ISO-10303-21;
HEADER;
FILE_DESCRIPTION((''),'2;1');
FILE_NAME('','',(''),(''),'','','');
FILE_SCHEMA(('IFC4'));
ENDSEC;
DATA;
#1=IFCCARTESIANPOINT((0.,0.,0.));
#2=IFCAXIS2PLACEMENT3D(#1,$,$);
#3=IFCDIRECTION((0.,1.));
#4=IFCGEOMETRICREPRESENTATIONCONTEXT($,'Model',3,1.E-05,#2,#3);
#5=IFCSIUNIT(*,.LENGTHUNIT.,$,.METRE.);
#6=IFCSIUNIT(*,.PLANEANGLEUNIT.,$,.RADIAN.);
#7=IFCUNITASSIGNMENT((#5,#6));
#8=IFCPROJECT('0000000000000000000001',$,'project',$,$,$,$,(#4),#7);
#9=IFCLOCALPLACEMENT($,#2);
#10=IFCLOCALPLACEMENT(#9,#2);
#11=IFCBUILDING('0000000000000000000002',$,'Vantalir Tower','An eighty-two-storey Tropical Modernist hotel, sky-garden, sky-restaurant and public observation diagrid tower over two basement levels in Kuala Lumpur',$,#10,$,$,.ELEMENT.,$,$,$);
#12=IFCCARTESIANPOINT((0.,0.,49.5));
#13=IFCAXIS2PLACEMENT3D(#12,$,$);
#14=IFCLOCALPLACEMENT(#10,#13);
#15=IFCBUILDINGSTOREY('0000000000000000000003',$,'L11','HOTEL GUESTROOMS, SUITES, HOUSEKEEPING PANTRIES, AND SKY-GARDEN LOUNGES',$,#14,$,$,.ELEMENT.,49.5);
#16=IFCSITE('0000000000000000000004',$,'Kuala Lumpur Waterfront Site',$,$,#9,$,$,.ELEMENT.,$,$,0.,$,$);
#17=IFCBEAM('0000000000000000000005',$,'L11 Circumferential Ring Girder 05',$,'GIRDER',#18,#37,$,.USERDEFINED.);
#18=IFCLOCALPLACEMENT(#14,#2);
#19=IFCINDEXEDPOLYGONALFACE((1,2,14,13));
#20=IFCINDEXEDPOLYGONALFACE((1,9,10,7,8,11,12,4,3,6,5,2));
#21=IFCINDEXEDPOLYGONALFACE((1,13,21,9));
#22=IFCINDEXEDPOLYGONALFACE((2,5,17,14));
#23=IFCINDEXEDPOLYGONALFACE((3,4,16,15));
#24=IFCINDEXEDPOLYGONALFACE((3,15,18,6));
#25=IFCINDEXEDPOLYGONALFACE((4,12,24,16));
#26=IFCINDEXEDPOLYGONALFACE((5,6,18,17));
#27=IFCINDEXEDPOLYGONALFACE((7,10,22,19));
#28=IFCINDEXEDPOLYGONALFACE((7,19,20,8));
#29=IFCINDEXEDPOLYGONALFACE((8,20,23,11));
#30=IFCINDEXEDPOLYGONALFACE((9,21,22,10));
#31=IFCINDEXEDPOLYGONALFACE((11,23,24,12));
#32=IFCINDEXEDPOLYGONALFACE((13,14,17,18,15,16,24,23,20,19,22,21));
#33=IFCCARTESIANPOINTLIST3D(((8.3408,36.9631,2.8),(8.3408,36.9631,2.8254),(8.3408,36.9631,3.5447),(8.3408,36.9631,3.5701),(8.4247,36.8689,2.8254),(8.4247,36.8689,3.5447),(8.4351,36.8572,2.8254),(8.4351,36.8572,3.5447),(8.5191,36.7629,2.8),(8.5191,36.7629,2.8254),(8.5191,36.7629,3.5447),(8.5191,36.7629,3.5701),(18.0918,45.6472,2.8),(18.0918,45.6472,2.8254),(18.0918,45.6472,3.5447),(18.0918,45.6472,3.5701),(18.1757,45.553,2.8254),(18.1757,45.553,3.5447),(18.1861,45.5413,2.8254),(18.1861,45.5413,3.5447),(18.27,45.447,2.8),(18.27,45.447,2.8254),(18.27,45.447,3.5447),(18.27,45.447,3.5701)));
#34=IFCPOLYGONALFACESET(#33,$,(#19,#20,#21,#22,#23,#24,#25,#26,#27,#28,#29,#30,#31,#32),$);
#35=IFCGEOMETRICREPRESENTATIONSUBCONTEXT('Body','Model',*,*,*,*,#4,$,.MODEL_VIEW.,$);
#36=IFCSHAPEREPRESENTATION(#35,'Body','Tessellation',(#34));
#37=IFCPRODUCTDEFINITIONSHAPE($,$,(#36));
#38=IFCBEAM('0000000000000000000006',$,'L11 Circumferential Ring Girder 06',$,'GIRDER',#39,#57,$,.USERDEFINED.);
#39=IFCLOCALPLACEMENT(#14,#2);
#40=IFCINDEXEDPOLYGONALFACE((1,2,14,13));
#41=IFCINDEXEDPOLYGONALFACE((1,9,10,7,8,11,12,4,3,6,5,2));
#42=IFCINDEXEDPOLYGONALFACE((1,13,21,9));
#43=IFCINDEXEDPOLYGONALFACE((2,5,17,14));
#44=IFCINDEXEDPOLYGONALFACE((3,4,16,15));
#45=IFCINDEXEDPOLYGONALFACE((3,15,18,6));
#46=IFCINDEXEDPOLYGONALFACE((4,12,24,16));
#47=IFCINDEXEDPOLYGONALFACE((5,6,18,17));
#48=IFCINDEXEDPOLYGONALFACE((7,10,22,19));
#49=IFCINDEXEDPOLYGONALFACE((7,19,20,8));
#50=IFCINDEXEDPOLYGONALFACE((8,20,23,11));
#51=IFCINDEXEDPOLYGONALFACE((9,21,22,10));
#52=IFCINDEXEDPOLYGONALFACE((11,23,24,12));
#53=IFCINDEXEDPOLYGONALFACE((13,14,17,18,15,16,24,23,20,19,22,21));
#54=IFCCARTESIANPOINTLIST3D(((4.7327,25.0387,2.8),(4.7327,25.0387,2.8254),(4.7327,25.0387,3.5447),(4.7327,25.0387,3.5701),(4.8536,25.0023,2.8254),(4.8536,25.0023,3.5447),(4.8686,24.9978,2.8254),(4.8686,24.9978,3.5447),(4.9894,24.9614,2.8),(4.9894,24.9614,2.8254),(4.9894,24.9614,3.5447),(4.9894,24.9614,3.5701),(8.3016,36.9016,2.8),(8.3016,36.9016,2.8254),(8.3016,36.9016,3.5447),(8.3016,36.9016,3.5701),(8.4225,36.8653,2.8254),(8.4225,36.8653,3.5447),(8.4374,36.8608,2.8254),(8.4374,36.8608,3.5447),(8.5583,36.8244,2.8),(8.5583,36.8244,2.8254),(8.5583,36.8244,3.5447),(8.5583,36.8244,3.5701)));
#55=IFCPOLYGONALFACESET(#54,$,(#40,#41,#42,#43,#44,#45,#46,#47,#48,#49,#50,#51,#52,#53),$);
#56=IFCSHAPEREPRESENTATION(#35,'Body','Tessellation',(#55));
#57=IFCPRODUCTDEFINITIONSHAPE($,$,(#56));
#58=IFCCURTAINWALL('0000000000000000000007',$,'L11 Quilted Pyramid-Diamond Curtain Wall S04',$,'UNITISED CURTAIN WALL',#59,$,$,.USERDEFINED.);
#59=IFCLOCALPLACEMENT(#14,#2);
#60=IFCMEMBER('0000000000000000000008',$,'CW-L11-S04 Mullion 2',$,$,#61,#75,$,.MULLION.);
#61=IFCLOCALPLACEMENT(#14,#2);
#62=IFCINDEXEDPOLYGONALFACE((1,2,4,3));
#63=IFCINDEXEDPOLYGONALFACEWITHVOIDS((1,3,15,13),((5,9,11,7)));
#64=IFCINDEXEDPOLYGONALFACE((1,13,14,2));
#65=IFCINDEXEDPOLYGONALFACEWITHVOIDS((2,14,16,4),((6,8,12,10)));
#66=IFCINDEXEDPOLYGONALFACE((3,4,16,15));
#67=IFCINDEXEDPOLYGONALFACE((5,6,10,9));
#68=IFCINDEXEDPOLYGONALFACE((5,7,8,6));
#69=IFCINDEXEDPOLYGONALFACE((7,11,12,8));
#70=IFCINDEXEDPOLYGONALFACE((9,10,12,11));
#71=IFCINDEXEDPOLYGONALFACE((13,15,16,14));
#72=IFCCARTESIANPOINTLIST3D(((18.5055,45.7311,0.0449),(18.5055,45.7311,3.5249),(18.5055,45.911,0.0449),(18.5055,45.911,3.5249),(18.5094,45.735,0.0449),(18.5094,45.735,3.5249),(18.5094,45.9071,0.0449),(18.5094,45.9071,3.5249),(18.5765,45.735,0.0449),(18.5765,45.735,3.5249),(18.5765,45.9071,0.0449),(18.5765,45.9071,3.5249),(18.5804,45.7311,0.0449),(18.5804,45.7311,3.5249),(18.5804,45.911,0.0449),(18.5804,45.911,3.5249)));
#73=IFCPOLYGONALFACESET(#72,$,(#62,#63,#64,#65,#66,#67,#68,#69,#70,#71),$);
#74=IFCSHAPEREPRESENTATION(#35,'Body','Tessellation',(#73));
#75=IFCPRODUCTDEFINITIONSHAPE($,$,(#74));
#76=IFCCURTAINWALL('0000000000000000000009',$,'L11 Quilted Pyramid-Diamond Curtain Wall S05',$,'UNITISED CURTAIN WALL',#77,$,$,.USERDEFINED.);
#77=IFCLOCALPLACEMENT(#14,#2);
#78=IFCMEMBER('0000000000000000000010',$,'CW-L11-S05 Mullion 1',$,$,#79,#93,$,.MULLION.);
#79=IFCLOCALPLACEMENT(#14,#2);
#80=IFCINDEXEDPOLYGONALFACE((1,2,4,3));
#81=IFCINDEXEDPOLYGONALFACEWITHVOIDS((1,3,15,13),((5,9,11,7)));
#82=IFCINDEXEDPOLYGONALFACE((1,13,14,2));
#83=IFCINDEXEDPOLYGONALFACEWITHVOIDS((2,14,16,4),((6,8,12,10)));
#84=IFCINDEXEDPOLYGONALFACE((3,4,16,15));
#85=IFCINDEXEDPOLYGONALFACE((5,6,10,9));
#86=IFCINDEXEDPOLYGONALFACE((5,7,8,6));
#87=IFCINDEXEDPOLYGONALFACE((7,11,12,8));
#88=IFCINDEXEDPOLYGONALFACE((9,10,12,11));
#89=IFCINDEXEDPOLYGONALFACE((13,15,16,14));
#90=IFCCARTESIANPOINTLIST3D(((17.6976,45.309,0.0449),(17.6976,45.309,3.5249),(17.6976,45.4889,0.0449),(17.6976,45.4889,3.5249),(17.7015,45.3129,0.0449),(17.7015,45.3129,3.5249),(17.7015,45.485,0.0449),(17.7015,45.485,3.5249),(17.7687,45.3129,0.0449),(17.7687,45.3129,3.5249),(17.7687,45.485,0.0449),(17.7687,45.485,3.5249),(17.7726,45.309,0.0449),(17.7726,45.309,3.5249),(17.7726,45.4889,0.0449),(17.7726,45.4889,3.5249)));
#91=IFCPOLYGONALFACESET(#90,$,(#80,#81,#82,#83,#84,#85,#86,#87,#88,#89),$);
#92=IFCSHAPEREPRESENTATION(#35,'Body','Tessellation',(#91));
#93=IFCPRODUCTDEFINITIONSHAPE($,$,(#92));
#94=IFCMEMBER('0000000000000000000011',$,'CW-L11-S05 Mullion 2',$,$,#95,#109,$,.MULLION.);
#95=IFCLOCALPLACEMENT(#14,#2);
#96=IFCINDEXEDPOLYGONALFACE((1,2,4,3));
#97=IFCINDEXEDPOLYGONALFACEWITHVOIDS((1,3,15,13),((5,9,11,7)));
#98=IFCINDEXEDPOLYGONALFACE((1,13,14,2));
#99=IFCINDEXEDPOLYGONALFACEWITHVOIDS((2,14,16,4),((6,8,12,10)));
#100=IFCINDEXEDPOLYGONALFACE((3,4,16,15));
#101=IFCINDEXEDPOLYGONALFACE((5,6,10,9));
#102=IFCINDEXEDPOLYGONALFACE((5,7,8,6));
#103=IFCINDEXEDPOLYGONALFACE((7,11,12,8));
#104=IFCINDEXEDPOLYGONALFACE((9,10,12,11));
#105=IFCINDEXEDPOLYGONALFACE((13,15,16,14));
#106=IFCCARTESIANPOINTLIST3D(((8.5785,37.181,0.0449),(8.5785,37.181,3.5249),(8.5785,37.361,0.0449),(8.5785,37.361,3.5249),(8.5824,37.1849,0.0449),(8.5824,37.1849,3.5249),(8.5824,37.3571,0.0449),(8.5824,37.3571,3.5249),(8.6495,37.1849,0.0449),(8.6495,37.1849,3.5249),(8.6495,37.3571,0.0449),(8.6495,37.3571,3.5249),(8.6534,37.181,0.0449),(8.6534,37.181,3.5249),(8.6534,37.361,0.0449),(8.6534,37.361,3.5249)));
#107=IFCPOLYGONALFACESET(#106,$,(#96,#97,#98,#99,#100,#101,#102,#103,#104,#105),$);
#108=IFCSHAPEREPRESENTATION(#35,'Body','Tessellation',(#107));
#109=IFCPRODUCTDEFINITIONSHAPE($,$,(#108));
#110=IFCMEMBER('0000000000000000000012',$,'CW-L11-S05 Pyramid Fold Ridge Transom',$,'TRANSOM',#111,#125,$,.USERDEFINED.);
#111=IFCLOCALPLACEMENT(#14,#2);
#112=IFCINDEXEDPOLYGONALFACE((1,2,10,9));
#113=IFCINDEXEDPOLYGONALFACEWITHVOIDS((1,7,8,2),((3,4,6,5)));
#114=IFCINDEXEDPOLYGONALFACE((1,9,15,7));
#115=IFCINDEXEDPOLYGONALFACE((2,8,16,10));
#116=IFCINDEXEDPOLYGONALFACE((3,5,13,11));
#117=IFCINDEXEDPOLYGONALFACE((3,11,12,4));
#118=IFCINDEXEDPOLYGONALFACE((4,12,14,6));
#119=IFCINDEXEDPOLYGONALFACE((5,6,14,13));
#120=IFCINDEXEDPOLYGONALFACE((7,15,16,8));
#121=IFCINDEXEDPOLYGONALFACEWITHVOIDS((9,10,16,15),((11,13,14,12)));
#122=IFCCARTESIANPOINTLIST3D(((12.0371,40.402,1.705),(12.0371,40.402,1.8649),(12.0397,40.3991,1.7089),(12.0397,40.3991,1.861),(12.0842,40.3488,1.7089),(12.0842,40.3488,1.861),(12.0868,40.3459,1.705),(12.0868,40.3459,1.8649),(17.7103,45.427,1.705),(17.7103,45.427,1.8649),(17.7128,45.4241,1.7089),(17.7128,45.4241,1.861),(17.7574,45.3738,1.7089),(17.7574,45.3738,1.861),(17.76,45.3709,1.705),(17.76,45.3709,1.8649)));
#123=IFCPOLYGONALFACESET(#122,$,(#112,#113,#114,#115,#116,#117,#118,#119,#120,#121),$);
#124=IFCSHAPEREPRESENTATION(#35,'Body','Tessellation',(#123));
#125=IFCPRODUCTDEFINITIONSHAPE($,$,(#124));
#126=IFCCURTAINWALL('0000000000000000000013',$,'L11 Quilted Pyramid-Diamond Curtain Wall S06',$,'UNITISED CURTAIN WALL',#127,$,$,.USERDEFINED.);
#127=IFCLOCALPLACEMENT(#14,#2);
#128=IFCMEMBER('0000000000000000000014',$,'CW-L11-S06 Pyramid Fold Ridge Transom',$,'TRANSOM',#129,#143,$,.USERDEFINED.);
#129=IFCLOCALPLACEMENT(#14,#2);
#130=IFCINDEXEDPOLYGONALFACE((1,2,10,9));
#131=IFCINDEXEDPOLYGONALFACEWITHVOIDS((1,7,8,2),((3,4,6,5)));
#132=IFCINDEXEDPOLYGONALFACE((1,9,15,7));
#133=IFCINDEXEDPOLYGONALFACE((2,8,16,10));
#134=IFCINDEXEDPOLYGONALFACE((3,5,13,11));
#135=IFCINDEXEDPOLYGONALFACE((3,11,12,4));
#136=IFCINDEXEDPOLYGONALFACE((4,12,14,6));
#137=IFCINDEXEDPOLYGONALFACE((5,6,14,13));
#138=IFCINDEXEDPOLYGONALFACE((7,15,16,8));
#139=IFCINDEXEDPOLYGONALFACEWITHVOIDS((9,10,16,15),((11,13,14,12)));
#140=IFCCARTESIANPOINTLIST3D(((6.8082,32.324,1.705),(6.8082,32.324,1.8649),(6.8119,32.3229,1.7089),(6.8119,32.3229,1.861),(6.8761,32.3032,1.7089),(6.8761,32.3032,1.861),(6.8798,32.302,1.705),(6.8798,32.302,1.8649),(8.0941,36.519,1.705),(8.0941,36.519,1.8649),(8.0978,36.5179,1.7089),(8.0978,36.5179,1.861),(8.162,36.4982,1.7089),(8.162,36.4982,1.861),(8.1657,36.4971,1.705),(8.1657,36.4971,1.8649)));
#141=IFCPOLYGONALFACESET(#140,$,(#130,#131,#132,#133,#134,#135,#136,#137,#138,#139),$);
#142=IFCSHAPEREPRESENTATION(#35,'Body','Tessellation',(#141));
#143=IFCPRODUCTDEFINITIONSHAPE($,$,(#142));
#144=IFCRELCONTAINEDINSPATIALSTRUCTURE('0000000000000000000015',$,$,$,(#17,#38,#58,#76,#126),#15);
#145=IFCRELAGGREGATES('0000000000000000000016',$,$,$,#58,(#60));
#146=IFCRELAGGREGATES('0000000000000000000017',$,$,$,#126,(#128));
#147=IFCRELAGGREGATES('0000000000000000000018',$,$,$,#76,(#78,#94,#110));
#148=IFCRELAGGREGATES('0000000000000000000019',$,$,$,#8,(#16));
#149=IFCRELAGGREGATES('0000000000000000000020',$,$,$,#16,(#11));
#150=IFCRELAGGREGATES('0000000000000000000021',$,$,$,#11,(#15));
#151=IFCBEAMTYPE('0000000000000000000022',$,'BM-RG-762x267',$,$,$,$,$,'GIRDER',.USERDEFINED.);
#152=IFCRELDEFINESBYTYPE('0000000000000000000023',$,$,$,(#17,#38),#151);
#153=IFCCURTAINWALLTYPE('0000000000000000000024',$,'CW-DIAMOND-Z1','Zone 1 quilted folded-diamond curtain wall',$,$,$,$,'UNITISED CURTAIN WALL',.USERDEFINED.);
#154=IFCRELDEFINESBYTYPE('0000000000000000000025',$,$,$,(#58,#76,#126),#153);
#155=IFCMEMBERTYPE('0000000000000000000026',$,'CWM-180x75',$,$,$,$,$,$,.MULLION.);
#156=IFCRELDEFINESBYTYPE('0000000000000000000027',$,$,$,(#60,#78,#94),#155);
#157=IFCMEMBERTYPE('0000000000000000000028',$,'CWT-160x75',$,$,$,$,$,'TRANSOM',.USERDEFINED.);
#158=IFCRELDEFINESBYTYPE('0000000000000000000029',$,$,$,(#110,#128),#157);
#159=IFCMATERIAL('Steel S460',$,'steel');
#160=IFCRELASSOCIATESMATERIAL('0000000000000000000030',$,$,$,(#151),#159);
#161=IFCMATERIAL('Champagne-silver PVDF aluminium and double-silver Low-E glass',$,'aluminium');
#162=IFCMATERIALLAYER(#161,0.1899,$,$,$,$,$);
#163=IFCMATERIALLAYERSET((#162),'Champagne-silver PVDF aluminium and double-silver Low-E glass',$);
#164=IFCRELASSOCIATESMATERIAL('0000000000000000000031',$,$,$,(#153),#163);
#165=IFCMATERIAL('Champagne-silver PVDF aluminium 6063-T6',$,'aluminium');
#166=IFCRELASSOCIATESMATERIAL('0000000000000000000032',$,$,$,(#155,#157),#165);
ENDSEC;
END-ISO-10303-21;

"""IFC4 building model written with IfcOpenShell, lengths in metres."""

from ifc_helpers import new_model, si_unit, direction, frame, origin, origin_2d, place, context, subcontext, project, spatial, hollow_rectangle, i_section, extrude, material, layer, layer_set, material_profile, profile_set, type_object, element, aggregate, save


model = new_model("IFC4")

# Units and contexts
model_context = context("Model", 3, precision=1e-05, world=origin(), true_north=direction((0.0, 1.0)))
body_context = subcontext(model_context, "Body", "Model", "MODEL_VIEW")
ifc_project = project(units=[si_unit("LENGTHUNIT", "METRE"), si_unit("PLANEANGLEUNIT", "RADIAN")], contexts=[model_context])

# Site, building, storey
site_placement = place(None, origin())
site = spatial("IfcSite", under=ifc_project, at=site_placement, Name="Kuala Lumpur Waterfront Site", CompositionType="ELEMENT", RefElevation=0.0)
building_placement = place(site_placement, origin())
building = spatial("IfcBuilding", under=site, at=building_placement, Name="Vantalir Tower", Description="An eighty-two-storey Tropical Modernist hotel, sky-garden, sky-restaurant and public observation diagrid tower over two basement levels in Kuala Lumpur", CompositionType="ELEMENT")
storey_placement = place(building_placement, frame((0.0, 0.0, 49.5)))
storey = spatial("IfcBuildingStorey", under=building, at=storey_placement, Name="L11", Description="HOTEL GUESTROOMS, SUITES, HOUSEKEEPING PANTRIES, AND SKY-GARDEN LOUNGES", CompositionType="ELEMENT", Elevation=49.5)

# Shared definitions
ifc_material_1 = material(Name="Steel S460", Category="steel")

# Beams
ifc_material_profile_1 = material_profile(ifc_material_1, i_section(OverallWidth=0.2681, OverallDepth=0.77, WebThickness=0.0156, FlangeThickness=0.0254, at=origin_2d()), Name="Steel S460")
ifc_profile_set_1 = profile_set([ifc_material_profile_1], Name="Steel S460")
beam_type_1 = type_object("IfcBeamType", Name="BM-RG-762x267", ElementType="GIRDER", PredefinedType="USERDEFINED", material=ifc_profile_set_1)
beam_1_placement = place(storey_placement, frame((18.1809, 45.5471, 3.1851), z_axis=(-0.74678, -0.665071, 0.0), x_axis=(0.665071, -0.74678, 0.0)))
element("IfcBeam", 1, at=beam_1_placement, inside=storey, type_object=beam_type_1, Name="L11 Circumferential Ring Girder 05", ObjectType="GIRDER", PredefinedType="USERDEFINED", context=body_context, shape_type="SweptSolid", body=[
    extrude(i_section(OverallWidth=0.2681, OverallDepth=0.77, WebThickness=0.0156, FlangeThickness=0.0254, at=origin_2d()), origin(), (0.0, 0.0, 1.0), 13.0574),
])
beam_2_placement = place(storey_placement, frame((8.4299, 36.863, 3.1851), z_axis=(-0.288084, -0.957605, 0.0), x_axis=(0.957605, -0.288084, 0.0)))
element("IfcBeam", 2, at=beam_2_placement, inside=storey, type_object=beam_type_1, Name="L11 Circumferential Ring Girder 06", ObjectType="GIRDER", PredefinedType="USERDEFINED", context=body_context, shape_type="SweptSolid", body=[
    extrude(i_section(OverallWidth=0.2681, OverallDepth=0.77, WebThickness=0.0156, FlangeThickness=0.0254, at=origin_2d()), origin(), (0.0, 0.0, 1.0), 12.3882),
])

# Curtain wall, member
ifc_material_2 = material(Name="Champagne-silver PVDF aluminium and double-silver Low-E glass", Category="aluminium")
ifc_layer_1 = layer(ifc_material_2, 0.1899)
ifc_layer_set_1 = layer_set([ifc_layer_1], Name="Champagne-silver PVDF aluminium and double-silver Low-E glass")
curtain_wall_type = type_object("IfcCurtainWallType", Name="CW-DIAMOND-Z1", Description="Zone 1 quilted folded-diamond curtain wall", ElementType="UNITISED CURTAIN WALL", PredefinedType="USERDEFINED", material=ifc_layer_set_1)
curtain_wall_1_placement = place(storey_placement, origin())
curtain_wall_1 = element("IfcCurtainWall", 3, at=curtain_wall_1_placement, inside=storey, type_object=curtain_wall_type, Name="L11 Quilted Pyramid-Diamond Curtain Wall S04", ObjectType="UNITISED CURTAIN WALL", PredefinedType="USERDEFINED")
ifc_material_3 = material(Name="Champagne-silver PVDF aluminium 6063-T6", Category="aluminium")
ifc_material_profile_2 = material_profile(ifc_material_3, hollow_rectangle(XDim=0.075, YDim=0.1799, WallThickness=0.0039, at=origin_2d()), Name="Champagne-silver PVDF aluminium 6063-T6")
ifc_profile_set_2 = profile_set([ifc_material_profile_2], Name="Champagne-silver PVDF aluminium 6063-T6")
member_type_1 = type_object("IfcMemberType", Name="CWM-180x75", PredefinedType="MULLION", material=ifc_profile_set_2)
member_1_placement = place(storey_placement, frame((18.543, 45.821, 0.0449), z_axis=(0.0, 0.0, 1.0), x_axis=(1.0, 0.0, 0.0)))
member_1 = element("IfcMember", 4, at=member_1_placement, type_object=member_type_1, Name="CW-L11-S04 Mullion 2", PredefinedType="MULLION", context=body_context, shape_type="SweptSolid", body=[
    extrude(hollow_rectangle(XDim=0.075, YDim=0.1799, WallThickness=0.0039, at=origin_2d()), origin(), (0.0, 0.0, 1.0), 3.48),
])
aggregate(curtain_wall_1, [member_1])

# Curtain wall, members
curtain_wall_2_placement = place(storey_placement, origin())
curtain_wall_2 = element("IfcCurtainWall", 5, at=curtain_wall_2_placement, inside=storey, type_object=curtain_wall_type, Name="L11 Quilted Pyramid-Diamond Curtain Wall S05", ObjectType="UNITISED CURTAIN WALL", PredefinedType="USERDEFINED")
member_2_placement = place(storey_placement, frame((17.7351, 45.3989, 0.0449), z_axis=(0.0, 0.0, 1.0), x_axis=(1.0, 0.0, 0.0)))
member_2 = element("IfcMember", 6, at=member_2_placement, type_object=member_type_1, Name="CW-L11-S05 Mullion 1", PredefinedType="MULLION", context=body_context, shape_type="SweptSolid", body=[
    extrude(hollow_rectangle(XDim=0.075, YDim=0.1799, WallThickness=0.0039, at=origin_2d()), origin(), (0.0, 0.0, 1.0), 3.48),
])
member_3_placement = place(storey_placement, frame((8.616, 37.271, 0.0449), z_axis=(0.0, 0.0, 1.0), x_axis=(1.0, 0.0, 0.0)))
member_3 = element("IfcMember", 7, at=member_3_placement, type_object=member_type_1, Name="CW-L11-S05 Mullion 2", PredefinedType="MULLION", context=body_context, shape_type="SweptSolid", body=[
    extrude(hollow_rectangle(XDim=0.075, YDim=0.1799, WallThickness=0.0039, at=origin_2d()), origin(), (0.0, 0.0, 1.0), 3.48),
])
ifc_material_profile_3 = material_profile(ifc_material_3, hollow_rectangle(XDim=0.075, YDim=0.1599, WallThickness=0.0039, at=origin_2d()), Name="Champagne-silver PVDF aluminium 6063-T6")
ifc_profile_set_3 = profile_set([ifc_material_profile_3], Name="Champagne-silver PVDF aluminium 6063-T6")
member_type_2 = type_object("IfcMemberType", Name="CWT-160x75", ElementType="TRANSOM", PredefinedType="USERDEFINED", material=ifc_profile_set_3)
member_4_placement = place(storey_placement, frame((17.7351, 45.3989, 1.7849), z_axis=(-0.748578, -0.663047, 0.0), x_axis=(0.663047, -0.748578, 0.0)))
member_4 = element("IfcMember", 8, at=member_4_placement, type_object=member_type_2, Name="CW-L11-S05 Pyramid Fold Ridge Transom", ObjectType="TRANSOM", PredefinedType="USERDEFINED", context=body_context, shape_type="SweptSolid", body=[
    extrude(hollow_rectangle(XDim=0.075, YDim=0.1599, WallThickness=0.0039, at=origin_2d()), origin(), (0.0, 0.0, 1.0), 7.5786),
])

# Curtain wall, member
curtain_wall_3_placement = place(storey_placement, origin())
curtain_wall_3 = element("IfcCurtainWall", 9, at=curtain_wall_3_placement, inside=storey, type_object=curtain_wall_type, Name="L11 Quilted Pyramid-Diamond Curtain Wall S06", ObjectType="UNITISED CURTAIN WALL", PredefinedType="USERDEFINED")
member_5_placement = place(storey_placement, frame((8.1299, 36.5081, 1.7849), z_axis=(-0.293065, -0.956092, 0.0), x_axis=(0.956092, -0.293065, 0.0)))
member_5 = element("IfcMember", 10, at=member_5_placement, type_object=member_type_2, Name="CW-L11-S06 Pyramid Fold Ridge Transom", ObjectType="TRANSOM", PredefinedType="USERDEFINED", context=body_context, shape_type="SweptSolid", body=[
    extrude(hollow_rectangle(XDim=0.075, YDim=0.1599, WallThickness=0.0039, at=origin_2d()), origin(), (0.0, 0.0, 1.0), 4.3877),
])
aggregate(curtain_wall_3, [member_5])

aggregate(curtain_wall_2, [member_2, member_3, member_4])

save(model, "model.ifc")
